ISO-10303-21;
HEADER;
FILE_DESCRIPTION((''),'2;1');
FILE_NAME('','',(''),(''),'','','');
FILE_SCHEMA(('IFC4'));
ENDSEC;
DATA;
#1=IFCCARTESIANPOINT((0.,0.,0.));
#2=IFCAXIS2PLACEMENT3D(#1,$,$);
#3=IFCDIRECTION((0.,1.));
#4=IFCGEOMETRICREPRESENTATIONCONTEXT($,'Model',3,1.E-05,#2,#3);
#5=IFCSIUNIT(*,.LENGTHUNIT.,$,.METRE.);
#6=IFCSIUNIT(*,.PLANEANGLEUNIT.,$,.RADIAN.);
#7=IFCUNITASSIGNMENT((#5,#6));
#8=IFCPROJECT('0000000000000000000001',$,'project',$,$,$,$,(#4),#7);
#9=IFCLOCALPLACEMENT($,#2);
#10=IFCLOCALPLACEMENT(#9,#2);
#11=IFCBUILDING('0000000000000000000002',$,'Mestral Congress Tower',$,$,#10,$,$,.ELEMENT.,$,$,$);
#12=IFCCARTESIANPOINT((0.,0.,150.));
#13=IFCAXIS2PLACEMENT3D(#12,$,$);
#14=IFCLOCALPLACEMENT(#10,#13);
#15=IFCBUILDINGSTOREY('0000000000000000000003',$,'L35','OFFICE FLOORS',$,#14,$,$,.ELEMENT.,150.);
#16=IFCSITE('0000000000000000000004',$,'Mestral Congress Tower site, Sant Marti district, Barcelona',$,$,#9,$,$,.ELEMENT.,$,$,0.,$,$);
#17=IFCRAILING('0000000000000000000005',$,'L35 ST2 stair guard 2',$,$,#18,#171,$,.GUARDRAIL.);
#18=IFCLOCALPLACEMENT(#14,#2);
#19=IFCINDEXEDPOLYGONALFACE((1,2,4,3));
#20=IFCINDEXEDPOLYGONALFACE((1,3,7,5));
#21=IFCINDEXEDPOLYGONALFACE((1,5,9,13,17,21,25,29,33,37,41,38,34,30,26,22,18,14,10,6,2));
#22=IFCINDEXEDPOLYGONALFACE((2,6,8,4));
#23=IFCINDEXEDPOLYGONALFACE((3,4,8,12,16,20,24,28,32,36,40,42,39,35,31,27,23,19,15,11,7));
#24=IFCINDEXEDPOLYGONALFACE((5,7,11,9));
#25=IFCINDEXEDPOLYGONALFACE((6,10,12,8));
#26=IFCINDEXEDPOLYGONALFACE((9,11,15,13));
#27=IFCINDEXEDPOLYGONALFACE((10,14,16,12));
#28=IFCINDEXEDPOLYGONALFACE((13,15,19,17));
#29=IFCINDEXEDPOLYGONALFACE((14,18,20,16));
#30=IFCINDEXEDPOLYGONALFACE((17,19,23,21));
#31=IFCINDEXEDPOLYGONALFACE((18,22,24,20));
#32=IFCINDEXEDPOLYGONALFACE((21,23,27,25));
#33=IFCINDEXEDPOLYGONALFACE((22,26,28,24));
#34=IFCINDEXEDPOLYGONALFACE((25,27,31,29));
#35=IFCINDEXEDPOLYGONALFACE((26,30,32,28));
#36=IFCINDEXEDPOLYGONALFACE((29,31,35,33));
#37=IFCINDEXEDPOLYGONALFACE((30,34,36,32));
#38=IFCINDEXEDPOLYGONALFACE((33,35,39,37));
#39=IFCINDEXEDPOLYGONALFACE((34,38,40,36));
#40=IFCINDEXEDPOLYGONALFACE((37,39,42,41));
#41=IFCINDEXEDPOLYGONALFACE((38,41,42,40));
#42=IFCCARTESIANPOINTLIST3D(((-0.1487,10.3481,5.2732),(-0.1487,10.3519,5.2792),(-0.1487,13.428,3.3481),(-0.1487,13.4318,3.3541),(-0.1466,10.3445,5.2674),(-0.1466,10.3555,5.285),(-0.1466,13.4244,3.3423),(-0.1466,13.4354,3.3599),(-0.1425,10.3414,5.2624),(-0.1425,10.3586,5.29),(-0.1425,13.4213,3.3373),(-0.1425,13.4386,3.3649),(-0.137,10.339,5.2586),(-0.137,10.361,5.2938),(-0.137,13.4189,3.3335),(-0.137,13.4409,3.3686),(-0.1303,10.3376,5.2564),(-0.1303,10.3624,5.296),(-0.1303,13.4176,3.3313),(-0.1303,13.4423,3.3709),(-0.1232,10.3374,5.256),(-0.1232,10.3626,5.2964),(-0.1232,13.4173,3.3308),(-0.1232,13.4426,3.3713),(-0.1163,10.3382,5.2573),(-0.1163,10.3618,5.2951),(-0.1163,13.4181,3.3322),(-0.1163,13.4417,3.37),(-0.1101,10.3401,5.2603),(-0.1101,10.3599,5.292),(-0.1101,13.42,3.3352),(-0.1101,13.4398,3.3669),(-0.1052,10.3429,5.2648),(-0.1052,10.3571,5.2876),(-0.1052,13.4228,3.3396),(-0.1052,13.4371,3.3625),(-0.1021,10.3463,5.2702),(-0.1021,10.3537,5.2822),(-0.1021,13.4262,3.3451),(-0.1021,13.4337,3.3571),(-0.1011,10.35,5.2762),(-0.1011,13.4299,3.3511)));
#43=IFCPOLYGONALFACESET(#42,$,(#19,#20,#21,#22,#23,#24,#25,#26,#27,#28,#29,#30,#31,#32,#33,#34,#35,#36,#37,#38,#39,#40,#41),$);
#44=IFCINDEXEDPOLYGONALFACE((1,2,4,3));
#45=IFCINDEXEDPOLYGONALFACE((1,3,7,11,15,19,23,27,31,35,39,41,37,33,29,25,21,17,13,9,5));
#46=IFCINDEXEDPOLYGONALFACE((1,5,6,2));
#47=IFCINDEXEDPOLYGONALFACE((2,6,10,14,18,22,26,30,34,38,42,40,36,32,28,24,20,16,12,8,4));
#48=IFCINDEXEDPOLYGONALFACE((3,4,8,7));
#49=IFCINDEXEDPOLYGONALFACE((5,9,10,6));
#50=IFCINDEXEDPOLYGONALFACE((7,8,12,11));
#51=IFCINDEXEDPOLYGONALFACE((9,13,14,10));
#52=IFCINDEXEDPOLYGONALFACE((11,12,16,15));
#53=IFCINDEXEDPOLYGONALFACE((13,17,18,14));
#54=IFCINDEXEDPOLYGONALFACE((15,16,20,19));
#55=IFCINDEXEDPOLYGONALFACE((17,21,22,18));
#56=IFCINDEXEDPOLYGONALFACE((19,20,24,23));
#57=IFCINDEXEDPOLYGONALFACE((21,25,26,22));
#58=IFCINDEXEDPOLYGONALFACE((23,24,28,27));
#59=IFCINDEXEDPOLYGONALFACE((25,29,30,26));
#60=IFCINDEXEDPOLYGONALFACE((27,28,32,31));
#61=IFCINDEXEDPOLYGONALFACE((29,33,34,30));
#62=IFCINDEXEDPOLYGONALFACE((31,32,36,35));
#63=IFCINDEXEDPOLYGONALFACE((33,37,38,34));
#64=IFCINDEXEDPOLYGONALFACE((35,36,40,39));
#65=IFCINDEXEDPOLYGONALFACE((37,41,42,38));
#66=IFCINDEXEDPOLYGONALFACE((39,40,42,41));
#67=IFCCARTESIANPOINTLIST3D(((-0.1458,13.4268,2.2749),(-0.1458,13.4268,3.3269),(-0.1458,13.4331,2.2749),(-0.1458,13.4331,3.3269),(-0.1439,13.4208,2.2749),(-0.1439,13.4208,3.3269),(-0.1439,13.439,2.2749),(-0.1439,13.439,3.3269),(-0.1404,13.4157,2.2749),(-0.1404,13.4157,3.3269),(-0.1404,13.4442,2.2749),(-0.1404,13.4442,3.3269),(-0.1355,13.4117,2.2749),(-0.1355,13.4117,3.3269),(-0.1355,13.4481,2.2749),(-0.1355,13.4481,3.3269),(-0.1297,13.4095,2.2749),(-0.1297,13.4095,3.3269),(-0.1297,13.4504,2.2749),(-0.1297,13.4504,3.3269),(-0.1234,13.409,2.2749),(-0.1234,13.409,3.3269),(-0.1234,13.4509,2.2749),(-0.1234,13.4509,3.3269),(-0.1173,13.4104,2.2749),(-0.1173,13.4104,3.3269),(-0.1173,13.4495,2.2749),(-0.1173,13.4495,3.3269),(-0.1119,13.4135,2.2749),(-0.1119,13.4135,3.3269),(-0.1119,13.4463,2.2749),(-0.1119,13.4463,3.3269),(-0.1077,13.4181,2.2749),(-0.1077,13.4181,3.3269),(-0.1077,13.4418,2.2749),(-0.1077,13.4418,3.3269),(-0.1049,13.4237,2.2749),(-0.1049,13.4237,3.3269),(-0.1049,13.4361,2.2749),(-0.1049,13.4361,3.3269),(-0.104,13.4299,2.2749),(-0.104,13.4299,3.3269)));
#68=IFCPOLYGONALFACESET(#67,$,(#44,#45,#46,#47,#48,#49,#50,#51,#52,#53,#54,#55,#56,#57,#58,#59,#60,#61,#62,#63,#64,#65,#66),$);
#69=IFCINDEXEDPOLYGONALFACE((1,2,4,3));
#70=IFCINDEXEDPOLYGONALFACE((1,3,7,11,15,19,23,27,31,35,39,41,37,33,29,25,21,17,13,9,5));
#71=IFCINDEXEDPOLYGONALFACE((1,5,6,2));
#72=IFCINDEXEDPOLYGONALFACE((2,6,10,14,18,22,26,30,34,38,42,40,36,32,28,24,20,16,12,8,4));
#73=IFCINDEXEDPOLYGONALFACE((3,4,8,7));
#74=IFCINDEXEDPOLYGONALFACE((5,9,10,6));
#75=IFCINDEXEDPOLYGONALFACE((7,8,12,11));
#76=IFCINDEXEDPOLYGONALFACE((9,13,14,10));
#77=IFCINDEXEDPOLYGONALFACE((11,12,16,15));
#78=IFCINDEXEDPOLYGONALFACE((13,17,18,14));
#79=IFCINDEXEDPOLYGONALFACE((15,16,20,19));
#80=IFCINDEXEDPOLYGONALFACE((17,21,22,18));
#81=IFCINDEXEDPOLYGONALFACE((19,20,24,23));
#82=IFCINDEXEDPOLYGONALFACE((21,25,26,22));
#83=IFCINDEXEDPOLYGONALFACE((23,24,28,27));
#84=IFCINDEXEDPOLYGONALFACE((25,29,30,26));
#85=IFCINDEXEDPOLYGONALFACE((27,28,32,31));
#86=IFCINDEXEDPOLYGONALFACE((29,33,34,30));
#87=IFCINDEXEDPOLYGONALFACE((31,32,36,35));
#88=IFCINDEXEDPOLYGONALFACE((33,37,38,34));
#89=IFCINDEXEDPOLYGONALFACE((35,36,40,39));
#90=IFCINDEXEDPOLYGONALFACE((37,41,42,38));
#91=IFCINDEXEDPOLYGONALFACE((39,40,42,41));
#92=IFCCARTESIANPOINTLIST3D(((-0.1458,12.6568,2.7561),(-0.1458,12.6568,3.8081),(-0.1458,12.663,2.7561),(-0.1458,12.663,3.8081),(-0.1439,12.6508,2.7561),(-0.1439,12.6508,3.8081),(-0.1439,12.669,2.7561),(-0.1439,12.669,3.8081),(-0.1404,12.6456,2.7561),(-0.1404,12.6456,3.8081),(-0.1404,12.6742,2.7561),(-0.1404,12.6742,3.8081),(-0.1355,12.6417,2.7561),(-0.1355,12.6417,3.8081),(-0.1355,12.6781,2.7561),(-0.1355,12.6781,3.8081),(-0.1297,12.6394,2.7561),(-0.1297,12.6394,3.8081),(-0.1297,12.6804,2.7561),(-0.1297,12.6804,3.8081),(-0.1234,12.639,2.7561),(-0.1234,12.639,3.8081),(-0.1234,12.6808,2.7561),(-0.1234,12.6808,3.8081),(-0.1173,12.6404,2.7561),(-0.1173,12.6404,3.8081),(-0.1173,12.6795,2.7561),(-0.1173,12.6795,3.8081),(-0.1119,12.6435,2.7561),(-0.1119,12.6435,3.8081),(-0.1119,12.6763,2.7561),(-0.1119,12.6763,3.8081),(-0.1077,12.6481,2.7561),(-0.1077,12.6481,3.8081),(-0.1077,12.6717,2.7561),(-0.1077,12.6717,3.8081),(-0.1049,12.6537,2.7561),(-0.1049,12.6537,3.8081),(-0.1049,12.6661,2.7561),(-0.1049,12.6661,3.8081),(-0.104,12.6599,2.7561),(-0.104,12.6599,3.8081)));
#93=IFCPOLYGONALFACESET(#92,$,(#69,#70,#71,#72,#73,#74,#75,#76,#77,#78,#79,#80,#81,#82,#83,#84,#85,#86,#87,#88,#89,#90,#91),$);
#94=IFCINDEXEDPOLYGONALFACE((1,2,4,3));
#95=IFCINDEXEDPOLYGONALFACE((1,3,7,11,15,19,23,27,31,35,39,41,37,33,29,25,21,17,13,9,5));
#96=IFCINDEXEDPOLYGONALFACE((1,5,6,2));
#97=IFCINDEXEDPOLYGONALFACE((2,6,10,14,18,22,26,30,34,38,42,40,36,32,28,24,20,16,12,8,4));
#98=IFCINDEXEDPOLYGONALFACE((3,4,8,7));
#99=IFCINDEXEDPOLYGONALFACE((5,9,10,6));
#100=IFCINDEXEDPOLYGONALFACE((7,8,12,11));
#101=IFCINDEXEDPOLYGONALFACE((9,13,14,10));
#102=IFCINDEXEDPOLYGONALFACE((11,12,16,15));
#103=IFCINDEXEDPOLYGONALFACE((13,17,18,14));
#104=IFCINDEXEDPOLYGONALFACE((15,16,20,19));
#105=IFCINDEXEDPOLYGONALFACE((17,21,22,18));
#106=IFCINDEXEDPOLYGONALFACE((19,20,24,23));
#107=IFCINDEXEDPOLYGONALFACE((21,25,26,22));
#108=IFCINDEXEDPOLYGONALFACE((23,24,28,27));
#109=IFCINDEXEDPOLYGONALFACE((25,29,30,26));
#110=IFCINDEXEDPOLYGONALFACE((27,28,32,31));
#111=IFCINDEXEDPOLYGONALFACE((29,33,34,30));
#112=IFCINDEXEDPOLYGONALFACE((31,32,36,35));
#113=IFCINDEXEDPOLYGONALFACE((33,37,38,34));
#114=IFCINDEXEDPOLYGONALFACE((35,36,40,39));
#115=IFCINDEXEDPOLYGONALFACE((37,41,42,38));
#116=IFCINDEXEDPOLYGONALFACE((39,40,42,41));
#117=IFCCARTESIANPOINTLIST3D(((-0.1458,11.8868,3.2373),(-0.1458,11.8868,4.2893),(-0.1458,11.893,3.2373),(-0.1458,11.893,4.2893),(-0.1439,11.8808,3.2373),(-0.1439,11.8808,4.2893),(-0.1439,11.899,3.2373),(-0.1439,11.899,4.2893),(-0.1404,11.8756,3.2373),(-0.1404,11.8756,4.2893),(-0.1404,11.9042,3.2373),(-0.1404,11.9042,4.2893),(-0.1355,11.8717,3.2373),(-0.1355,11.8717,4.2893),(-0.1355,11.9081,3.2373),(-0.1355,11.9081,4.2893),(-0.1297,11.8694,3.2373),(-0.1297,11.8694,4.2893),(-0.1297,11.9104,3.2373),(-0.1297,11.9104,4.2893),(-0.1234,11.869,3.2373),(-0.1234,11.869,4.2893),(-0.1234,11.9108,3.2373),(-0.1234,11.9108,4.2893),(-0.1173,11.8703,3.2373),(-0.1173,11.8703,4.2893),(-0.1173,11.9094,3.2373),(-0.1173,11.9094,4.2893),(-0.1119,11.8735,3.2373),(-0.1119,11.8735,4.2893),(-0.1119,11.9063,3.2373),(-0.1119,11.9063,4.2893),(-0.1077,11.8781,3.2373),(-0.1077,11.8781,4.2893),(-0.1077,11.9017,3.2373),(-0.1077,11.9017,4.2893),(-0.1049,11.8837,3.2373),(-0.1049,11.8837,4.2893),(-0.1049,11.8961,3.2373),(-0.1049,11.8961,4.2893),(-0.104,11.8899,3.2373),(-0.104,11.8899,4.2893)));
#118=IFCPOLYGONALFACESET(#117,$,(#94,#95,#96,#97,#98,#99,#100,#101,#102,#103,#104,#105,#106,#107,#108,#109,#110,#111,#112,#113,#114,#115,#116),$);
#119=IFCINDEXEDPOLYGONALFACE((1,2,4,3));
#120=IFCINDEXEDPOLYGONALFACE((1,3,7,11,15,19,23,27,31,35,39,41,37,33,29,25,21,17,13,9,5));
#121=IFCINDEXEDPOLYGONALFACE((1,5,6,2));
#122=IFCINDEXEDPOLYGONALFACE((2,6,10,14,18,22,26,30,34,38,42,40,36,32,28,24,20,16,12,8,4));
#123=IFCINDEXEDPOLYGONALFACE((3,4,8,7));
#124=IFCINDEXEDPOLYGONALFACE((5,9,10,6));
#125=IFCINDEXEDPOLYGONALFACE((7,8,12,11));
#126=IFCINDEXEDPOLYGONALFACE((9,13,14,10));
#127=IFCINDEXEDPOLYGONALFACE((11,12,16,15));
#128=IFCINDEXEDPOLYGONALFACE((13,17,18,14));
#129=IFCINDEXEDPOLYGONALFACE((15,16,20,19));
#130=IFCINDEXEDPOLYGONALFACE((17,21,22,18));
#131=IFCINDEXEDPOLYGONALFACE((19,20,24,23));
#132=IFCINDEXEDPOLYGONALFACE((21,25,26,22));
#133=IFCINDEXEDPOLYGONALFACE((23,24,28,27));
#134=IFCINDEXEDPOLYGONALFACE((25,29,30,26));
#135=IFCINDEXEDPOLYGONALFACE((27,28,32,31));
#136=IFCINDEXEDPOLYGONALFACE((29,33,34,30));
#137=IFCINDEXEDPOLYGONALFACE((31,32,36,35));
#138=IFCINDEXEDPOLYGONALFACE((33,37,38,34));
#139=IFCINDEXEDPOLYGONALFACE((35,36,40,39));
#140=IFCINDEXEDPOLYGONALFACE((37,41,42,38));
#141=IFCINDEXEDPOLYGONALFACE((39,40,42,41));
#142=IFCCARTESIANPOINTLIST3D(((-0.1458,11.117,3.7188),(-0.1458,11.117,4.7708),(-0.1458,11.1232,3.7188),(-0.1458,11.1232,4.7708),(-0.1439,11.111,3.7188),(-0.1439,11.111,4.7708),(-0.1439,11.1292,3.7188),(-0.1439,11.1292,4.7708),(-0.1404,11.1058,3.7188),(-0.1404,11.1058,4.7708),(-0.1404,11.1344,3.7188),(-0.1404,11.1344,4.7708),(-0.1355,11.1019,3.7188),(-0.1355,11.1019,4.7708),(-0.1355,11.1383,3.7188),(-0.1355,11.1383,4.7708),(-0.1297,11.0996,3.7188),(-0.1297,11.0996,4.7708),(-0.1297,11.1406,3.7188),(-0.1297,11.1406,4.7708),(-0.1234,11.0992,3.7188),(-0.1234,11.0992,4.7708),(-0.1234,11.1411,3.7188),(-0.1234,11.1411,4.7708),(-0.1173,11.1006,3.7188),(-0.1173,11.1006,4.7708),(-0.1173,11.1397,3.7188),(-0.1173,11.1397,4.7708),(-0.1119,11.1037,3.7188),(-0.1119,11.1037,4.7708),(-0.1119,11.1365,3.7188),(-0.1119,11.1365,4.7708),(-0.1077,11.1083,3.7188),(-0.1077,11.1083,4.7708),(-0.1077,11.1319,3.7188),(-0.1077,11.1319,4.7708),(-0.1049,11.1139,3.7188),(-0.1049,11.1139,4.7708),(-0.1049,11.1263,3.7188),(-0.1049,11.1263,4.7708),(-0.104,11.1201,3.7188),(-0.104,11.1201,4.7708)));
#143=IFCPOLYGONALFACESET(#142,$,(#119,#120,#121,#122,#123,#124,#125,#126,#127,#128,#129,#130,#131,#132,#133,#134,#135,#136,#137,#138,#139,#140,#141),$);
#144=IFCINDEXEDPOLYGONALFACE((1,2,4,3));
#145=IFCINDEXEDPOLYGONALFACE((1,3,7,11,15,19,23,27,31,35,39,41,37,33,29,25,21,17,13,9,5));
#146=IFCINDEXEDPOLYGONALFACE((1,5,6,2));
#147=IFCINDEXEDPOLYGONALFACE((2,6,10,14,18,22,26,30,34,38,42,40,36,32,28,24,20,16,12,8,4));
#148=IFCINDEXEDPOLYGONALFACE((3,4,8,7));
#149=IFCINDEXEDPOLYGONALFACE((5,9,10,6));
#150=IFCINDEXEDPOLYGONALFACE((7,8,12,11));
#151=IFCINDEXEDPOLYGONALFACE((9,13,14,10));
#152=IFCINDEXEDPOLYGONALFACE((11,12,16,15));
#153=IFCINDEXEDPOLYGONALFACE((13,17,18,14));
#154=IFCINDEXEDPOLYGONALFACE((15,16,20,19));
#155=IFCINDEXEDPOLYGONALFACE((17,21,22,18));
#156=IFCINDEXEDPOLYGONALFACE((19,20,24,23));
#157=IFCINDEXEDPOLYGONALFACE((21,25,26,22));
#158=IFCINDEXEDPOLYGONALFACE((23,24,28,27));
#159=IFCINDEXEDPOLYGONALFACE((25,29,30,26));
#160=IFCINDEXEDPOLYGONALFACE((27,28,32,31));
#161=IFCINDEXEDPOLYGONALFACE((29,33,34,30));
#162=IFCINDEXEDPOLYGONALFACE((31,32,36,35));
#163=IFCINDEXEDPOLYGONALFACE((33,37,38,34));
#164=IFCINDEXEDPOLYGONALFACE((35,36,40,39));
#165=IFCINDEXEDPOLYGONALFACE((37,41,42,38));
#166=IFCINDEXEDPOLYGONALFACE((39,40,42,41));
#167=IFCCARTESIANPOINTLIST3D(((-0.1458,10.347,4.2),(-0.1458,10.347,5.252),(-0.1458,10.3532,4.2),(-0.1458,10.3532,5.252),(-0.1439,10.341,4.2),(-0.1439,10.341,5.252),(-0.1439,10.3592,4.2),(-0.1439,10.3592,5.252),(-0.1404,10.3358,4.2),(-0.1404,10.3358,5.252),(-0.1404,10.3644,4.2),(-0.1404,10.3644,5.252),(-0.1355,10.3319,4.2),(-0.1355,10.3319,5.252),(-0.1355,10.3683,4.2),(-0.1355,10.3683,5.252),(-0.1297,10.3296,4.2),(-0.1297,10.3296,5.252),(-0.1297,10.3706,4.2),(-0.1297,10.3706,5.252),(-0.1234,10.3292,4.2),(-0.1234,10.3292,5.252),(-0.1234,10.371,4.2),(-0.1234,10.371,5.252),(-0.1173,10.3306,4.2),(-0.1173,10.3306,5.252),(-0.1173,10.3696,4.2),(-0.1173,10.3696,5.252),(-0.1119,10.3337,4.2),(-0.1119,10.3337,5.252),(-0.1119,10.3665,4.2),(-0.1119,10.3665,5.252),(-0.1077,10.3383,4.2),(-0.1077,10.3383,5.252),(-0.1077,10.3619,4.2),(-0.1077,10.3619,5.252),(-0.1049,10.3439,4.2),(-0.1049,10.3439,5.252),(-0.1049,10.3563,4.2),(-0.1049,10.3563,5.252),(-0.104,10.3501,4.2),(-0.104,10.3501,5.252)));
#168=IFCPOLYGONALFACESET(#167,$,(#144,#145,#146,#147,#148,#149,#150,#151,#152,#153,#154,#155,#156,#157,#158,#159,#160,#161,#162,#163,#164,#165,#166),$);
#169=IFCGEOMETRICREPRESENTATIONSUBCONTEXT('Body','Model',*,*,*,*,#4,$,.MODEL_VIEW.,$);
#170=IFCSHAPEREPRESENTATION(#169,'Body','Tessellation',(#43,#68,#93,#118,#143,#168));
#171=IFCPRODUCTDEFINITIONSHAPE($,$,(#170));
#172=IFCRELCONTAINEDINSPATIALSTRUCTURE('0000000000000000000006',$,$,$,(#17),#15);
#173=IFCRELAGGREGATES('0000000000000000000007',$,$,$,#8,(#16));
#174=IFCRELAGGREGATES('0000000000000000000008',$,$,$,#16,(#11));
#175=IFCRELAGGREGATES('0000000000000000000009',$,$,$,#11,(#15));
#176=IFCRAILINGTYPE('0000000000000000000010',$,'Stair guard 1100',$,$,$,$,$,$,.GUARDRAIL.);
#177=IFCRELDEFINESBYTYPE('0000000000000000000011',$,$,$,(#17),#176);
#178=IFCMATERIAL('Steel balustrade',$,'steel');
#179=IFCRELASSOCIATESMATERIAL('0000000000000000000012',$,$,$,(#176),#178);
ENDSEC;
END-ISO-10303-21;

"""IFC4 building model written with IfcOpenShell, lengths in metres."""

from ifc_helpers import new_model, si_unit, direction, frame, origin, origin_2d, place, context, subcontext, project, spatial, circle, extrude, material, type_object, element, save


model = new_model("IFC4")

# Units and contexts
model_context = context("Model", 3, precision=1e-05, world=origin(), true_north=direction((0.0, 1.0)))
body_context = subcontext(model_context, "Body", "Model", "MODEL_VIEW")
ifc_project = project(units=[si_unit("LENGTHUNIT", "METRE"), si_unit("PLANEANGLEUNIT", "RADIAN")], contexts=[model_context])

# Site, building, storey
site_placement = place(None, origin())
site = spatial("IfcSite", under=ifc_project, at=site_placement, Name="Mestral Congress Tower site, Sant Marti district, Barcelona", CompositionType="ELEMENT", RefElevation=0.0)
building_placement = place(site_placement, origin())
building = spatial("IfcBuilding", under=site, at=building_placement, Name="Mestral Congress Tower", CompositionType="ELEMENT")
storey_placement = place(building_placement, frame((0.0, 0.0, 150.0)))
storey = spatial("IfcBuildingStorey", under=building, at=storey_placement, Name="L35", Description="OFFICE FLOORS", CompositionType="ELEMENT", Elevation=150.0)

# Railing
ifc_material_1 = material(Name="Steel balustrade", Category="steel")
railing_type = type_object("IfcRailingType", Name="Stair guard 1100", PredefinedType="GUARDRAIL", material=ifc_material_1)
railing_placement = place(storey_placement, frame((-0.125, 13.4299, 2.2749)))
element("IfcRailing", 1, at=railing_placement, inside=storey, type_object=railing_type, Name="L35 ST2 stair guard 2", PredefinedType="GUARDRAIL", context=body_context, shape_type="SweptSolid", body=[
    extrude(circle(Radius=0.0239, at=origin_2d()), frame((0.0, 0.0, 1.0762), z_axis=(0.0, -0.847979, 0.530029), x_axis=(1.0, 0.0, 0.0)), (0.0, 0.0, 1.0), 3.6321),
    extrude(circle(Radius=0.021, at=origin_2d()), origin(), (0.0, 0.0, 1.0), 1.052),
    extrude(circle(Radius=0.021, at=origin_2d()), frame((0.0, -0.77, 0.4812)), (0.0, 0.0, 1.0), 1.052),
    extrude(circle(Radius=0.021, at=origin_2d()), frame((0.0, -1.54, 0.9624)), (0.0, 0.0, 1.0), 1.052),
    extrude(circle(Radius=0.021, at=origin_2d()), frame((0.0, -2.3098, 1.4438)), (0.0, 0.0, 1.0), 1.052),
    extrude(circle(Radius=0.021, at=origin_2d()), frame((0.0, -3.0798, 1.925)), (0.0, 0.0, 1.0), 1.052),
])

save(model, "model.ifc")
